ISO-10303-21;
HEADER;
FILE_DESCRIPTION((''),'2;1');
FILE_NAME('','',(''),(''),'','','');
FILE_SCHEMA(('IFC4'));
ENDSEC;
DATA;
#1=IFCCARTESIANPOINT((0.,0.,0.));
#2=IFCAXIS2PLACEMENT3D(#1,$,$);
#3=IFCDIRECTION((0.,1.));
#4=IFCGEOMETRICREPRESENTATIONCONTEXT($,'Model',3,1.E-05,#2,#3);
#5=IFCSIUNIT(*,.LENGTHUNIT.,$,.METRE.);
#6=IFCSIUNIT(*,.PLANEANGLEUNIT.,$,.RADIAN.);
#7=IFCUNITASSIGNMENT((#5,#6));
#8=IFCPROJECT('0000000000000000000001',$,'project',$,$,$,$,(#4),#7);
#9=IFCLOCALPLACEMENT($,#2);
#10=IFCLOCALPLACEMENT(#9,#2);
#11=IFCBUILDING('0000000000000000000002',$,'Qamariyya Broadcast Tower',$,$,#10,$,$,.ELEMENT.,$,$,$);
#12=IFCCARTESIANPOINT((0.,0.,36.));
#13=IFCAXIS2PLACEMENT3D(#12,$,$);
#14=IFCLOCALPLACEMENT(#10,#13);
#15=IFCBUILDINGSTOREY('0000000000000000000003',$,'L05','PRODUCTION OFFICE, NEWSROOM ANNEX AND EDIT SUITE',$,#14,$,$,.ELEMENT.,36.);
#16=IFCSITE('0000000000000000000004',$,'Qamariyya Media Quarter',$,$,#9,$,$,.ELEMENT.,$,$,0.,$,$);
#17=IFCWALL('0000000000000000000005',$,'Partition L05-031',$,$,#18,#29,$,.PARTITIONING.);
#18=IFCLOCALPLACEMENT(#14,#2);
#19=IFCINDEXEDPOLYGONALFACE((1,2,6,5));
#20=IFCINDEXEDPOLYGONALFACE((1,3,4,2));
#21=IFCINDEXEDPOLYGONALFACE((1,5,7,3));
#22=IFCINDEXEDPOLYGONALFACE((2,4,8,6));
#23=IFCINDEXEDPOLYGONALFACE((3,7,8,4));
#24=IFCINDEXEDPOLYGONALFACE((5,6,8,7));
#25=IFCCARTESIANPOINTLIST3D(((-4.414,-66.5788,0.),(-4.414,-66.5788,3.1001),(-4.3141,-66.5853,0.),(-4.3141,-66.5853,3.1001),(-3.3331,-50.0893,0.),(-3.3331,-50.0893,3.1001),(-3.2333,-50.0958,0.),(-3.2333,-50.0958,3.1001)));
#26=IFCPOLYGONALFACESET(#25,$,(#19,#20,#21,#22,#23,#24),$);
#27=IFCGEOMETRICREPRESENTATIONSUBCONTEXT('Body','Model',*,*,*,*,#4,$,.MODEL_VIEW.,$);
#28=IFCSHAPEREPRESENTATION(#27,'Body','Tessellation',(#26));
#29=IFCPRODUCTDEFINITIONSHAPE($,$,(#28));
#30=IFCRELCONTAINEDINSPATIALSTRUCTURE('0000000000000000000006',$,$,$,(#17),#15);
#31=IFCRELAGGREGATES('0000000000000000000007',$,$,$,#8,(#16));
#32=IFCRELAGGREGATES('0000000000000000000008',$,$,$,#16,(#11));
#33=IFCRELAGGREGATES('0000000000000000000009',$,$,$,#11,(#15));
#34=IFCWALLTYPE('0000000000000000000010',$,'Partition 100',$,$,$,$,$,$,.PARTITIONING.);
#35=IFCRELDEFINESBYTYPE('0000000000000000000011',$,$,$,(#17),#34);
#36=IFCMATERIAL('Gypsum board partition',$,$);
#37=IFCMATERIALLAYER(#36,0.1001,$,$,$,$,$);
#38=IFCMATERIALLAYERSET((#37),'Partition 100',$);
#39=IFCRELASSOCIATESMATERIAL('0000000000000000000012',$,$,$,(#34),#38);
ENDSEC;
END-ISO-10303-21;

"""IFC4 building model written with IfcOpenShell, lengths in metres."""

from ifc_helpers import new_model, si_unit, direction, frame, frame_2d, origin, place, context, subcontext, project, spatial, rectangle, extrude, material, layer, layer_set, type_object, element, save


model = new_model("IFC4")

# Units and contexts
model_context = context("Model", 3, precision=1e-05, world=origin(), true_north=direction((0.0, 1.0)))
body_context = subcontext(model_context, "Body", "Model", "MODEL_VIEW")
ifc_project = project(units=[si_unit("LENGTHUNIT", "METRE"), si_unit("PLANEANGLEUNIT", "RADIAN")], contexts=[model_context])

# Site, building, storey
site_placement = place(None, origin())
site = spatial("IfcSite", under=ifc_project, at=site_placement, Name="Qamariyya Media Quarter", CompositionType="ELEMENT", RefElevation=0.0)
building_placement = place(site_placement, origin())
building = spatial("IfcBuilding", under=site, at=building_placement, Name="Qamariyya Broadcast Tower", CompositionType="ELEMENT")
storey_placement = place(building_placement, frame((0.0, 0.0, 36.0)))
storey = spatial("IfcBuildingStorey", under=building, at=storey_placement, Name="L05", Description="PRODUCTION OFFICE, NEWSROOM ANNEX AND EDIT SUITE", CompositionType="ELEMENT", Elevation=36.0)

# Shared definitions
ifc_material_1 = material(Name="Gypsum board partition")

# Wall
ifc_layer_1 = layer(ifc_material_1, 0.1001)
ifc_layer_set_1 = layer_set([ifc_layer_1], Name="Partition 100")
wall_type_1 = type_object("IfcWallType", Name="Partition 100", PredefinedType="PARTITIONING", material=ifc_layer_set_1)
wall_1_placement = place(storey_placement, frame((-3.2832, -50.0925, 0.0), z_axis=(0.0, 0.0, 1.0), x_axis=(-0.065405, -0.997859, 0.0)))
element("IfcWall", 1, at=wall_1_placement, inside=storey, type_object=wall_type_1, Name="Partition L05-031", PredefinedType="PARTITIONING", context=body_context, shape_type="SweptSolid", body=[
    extrude(rectangle(XDim=16.5249, YDim=0.1001, at=frame_2d((8.2625, 0.0))), origin(), (0.0, 0.0, 1.0), 3.1001),
])

save(model, "model.ifc")
